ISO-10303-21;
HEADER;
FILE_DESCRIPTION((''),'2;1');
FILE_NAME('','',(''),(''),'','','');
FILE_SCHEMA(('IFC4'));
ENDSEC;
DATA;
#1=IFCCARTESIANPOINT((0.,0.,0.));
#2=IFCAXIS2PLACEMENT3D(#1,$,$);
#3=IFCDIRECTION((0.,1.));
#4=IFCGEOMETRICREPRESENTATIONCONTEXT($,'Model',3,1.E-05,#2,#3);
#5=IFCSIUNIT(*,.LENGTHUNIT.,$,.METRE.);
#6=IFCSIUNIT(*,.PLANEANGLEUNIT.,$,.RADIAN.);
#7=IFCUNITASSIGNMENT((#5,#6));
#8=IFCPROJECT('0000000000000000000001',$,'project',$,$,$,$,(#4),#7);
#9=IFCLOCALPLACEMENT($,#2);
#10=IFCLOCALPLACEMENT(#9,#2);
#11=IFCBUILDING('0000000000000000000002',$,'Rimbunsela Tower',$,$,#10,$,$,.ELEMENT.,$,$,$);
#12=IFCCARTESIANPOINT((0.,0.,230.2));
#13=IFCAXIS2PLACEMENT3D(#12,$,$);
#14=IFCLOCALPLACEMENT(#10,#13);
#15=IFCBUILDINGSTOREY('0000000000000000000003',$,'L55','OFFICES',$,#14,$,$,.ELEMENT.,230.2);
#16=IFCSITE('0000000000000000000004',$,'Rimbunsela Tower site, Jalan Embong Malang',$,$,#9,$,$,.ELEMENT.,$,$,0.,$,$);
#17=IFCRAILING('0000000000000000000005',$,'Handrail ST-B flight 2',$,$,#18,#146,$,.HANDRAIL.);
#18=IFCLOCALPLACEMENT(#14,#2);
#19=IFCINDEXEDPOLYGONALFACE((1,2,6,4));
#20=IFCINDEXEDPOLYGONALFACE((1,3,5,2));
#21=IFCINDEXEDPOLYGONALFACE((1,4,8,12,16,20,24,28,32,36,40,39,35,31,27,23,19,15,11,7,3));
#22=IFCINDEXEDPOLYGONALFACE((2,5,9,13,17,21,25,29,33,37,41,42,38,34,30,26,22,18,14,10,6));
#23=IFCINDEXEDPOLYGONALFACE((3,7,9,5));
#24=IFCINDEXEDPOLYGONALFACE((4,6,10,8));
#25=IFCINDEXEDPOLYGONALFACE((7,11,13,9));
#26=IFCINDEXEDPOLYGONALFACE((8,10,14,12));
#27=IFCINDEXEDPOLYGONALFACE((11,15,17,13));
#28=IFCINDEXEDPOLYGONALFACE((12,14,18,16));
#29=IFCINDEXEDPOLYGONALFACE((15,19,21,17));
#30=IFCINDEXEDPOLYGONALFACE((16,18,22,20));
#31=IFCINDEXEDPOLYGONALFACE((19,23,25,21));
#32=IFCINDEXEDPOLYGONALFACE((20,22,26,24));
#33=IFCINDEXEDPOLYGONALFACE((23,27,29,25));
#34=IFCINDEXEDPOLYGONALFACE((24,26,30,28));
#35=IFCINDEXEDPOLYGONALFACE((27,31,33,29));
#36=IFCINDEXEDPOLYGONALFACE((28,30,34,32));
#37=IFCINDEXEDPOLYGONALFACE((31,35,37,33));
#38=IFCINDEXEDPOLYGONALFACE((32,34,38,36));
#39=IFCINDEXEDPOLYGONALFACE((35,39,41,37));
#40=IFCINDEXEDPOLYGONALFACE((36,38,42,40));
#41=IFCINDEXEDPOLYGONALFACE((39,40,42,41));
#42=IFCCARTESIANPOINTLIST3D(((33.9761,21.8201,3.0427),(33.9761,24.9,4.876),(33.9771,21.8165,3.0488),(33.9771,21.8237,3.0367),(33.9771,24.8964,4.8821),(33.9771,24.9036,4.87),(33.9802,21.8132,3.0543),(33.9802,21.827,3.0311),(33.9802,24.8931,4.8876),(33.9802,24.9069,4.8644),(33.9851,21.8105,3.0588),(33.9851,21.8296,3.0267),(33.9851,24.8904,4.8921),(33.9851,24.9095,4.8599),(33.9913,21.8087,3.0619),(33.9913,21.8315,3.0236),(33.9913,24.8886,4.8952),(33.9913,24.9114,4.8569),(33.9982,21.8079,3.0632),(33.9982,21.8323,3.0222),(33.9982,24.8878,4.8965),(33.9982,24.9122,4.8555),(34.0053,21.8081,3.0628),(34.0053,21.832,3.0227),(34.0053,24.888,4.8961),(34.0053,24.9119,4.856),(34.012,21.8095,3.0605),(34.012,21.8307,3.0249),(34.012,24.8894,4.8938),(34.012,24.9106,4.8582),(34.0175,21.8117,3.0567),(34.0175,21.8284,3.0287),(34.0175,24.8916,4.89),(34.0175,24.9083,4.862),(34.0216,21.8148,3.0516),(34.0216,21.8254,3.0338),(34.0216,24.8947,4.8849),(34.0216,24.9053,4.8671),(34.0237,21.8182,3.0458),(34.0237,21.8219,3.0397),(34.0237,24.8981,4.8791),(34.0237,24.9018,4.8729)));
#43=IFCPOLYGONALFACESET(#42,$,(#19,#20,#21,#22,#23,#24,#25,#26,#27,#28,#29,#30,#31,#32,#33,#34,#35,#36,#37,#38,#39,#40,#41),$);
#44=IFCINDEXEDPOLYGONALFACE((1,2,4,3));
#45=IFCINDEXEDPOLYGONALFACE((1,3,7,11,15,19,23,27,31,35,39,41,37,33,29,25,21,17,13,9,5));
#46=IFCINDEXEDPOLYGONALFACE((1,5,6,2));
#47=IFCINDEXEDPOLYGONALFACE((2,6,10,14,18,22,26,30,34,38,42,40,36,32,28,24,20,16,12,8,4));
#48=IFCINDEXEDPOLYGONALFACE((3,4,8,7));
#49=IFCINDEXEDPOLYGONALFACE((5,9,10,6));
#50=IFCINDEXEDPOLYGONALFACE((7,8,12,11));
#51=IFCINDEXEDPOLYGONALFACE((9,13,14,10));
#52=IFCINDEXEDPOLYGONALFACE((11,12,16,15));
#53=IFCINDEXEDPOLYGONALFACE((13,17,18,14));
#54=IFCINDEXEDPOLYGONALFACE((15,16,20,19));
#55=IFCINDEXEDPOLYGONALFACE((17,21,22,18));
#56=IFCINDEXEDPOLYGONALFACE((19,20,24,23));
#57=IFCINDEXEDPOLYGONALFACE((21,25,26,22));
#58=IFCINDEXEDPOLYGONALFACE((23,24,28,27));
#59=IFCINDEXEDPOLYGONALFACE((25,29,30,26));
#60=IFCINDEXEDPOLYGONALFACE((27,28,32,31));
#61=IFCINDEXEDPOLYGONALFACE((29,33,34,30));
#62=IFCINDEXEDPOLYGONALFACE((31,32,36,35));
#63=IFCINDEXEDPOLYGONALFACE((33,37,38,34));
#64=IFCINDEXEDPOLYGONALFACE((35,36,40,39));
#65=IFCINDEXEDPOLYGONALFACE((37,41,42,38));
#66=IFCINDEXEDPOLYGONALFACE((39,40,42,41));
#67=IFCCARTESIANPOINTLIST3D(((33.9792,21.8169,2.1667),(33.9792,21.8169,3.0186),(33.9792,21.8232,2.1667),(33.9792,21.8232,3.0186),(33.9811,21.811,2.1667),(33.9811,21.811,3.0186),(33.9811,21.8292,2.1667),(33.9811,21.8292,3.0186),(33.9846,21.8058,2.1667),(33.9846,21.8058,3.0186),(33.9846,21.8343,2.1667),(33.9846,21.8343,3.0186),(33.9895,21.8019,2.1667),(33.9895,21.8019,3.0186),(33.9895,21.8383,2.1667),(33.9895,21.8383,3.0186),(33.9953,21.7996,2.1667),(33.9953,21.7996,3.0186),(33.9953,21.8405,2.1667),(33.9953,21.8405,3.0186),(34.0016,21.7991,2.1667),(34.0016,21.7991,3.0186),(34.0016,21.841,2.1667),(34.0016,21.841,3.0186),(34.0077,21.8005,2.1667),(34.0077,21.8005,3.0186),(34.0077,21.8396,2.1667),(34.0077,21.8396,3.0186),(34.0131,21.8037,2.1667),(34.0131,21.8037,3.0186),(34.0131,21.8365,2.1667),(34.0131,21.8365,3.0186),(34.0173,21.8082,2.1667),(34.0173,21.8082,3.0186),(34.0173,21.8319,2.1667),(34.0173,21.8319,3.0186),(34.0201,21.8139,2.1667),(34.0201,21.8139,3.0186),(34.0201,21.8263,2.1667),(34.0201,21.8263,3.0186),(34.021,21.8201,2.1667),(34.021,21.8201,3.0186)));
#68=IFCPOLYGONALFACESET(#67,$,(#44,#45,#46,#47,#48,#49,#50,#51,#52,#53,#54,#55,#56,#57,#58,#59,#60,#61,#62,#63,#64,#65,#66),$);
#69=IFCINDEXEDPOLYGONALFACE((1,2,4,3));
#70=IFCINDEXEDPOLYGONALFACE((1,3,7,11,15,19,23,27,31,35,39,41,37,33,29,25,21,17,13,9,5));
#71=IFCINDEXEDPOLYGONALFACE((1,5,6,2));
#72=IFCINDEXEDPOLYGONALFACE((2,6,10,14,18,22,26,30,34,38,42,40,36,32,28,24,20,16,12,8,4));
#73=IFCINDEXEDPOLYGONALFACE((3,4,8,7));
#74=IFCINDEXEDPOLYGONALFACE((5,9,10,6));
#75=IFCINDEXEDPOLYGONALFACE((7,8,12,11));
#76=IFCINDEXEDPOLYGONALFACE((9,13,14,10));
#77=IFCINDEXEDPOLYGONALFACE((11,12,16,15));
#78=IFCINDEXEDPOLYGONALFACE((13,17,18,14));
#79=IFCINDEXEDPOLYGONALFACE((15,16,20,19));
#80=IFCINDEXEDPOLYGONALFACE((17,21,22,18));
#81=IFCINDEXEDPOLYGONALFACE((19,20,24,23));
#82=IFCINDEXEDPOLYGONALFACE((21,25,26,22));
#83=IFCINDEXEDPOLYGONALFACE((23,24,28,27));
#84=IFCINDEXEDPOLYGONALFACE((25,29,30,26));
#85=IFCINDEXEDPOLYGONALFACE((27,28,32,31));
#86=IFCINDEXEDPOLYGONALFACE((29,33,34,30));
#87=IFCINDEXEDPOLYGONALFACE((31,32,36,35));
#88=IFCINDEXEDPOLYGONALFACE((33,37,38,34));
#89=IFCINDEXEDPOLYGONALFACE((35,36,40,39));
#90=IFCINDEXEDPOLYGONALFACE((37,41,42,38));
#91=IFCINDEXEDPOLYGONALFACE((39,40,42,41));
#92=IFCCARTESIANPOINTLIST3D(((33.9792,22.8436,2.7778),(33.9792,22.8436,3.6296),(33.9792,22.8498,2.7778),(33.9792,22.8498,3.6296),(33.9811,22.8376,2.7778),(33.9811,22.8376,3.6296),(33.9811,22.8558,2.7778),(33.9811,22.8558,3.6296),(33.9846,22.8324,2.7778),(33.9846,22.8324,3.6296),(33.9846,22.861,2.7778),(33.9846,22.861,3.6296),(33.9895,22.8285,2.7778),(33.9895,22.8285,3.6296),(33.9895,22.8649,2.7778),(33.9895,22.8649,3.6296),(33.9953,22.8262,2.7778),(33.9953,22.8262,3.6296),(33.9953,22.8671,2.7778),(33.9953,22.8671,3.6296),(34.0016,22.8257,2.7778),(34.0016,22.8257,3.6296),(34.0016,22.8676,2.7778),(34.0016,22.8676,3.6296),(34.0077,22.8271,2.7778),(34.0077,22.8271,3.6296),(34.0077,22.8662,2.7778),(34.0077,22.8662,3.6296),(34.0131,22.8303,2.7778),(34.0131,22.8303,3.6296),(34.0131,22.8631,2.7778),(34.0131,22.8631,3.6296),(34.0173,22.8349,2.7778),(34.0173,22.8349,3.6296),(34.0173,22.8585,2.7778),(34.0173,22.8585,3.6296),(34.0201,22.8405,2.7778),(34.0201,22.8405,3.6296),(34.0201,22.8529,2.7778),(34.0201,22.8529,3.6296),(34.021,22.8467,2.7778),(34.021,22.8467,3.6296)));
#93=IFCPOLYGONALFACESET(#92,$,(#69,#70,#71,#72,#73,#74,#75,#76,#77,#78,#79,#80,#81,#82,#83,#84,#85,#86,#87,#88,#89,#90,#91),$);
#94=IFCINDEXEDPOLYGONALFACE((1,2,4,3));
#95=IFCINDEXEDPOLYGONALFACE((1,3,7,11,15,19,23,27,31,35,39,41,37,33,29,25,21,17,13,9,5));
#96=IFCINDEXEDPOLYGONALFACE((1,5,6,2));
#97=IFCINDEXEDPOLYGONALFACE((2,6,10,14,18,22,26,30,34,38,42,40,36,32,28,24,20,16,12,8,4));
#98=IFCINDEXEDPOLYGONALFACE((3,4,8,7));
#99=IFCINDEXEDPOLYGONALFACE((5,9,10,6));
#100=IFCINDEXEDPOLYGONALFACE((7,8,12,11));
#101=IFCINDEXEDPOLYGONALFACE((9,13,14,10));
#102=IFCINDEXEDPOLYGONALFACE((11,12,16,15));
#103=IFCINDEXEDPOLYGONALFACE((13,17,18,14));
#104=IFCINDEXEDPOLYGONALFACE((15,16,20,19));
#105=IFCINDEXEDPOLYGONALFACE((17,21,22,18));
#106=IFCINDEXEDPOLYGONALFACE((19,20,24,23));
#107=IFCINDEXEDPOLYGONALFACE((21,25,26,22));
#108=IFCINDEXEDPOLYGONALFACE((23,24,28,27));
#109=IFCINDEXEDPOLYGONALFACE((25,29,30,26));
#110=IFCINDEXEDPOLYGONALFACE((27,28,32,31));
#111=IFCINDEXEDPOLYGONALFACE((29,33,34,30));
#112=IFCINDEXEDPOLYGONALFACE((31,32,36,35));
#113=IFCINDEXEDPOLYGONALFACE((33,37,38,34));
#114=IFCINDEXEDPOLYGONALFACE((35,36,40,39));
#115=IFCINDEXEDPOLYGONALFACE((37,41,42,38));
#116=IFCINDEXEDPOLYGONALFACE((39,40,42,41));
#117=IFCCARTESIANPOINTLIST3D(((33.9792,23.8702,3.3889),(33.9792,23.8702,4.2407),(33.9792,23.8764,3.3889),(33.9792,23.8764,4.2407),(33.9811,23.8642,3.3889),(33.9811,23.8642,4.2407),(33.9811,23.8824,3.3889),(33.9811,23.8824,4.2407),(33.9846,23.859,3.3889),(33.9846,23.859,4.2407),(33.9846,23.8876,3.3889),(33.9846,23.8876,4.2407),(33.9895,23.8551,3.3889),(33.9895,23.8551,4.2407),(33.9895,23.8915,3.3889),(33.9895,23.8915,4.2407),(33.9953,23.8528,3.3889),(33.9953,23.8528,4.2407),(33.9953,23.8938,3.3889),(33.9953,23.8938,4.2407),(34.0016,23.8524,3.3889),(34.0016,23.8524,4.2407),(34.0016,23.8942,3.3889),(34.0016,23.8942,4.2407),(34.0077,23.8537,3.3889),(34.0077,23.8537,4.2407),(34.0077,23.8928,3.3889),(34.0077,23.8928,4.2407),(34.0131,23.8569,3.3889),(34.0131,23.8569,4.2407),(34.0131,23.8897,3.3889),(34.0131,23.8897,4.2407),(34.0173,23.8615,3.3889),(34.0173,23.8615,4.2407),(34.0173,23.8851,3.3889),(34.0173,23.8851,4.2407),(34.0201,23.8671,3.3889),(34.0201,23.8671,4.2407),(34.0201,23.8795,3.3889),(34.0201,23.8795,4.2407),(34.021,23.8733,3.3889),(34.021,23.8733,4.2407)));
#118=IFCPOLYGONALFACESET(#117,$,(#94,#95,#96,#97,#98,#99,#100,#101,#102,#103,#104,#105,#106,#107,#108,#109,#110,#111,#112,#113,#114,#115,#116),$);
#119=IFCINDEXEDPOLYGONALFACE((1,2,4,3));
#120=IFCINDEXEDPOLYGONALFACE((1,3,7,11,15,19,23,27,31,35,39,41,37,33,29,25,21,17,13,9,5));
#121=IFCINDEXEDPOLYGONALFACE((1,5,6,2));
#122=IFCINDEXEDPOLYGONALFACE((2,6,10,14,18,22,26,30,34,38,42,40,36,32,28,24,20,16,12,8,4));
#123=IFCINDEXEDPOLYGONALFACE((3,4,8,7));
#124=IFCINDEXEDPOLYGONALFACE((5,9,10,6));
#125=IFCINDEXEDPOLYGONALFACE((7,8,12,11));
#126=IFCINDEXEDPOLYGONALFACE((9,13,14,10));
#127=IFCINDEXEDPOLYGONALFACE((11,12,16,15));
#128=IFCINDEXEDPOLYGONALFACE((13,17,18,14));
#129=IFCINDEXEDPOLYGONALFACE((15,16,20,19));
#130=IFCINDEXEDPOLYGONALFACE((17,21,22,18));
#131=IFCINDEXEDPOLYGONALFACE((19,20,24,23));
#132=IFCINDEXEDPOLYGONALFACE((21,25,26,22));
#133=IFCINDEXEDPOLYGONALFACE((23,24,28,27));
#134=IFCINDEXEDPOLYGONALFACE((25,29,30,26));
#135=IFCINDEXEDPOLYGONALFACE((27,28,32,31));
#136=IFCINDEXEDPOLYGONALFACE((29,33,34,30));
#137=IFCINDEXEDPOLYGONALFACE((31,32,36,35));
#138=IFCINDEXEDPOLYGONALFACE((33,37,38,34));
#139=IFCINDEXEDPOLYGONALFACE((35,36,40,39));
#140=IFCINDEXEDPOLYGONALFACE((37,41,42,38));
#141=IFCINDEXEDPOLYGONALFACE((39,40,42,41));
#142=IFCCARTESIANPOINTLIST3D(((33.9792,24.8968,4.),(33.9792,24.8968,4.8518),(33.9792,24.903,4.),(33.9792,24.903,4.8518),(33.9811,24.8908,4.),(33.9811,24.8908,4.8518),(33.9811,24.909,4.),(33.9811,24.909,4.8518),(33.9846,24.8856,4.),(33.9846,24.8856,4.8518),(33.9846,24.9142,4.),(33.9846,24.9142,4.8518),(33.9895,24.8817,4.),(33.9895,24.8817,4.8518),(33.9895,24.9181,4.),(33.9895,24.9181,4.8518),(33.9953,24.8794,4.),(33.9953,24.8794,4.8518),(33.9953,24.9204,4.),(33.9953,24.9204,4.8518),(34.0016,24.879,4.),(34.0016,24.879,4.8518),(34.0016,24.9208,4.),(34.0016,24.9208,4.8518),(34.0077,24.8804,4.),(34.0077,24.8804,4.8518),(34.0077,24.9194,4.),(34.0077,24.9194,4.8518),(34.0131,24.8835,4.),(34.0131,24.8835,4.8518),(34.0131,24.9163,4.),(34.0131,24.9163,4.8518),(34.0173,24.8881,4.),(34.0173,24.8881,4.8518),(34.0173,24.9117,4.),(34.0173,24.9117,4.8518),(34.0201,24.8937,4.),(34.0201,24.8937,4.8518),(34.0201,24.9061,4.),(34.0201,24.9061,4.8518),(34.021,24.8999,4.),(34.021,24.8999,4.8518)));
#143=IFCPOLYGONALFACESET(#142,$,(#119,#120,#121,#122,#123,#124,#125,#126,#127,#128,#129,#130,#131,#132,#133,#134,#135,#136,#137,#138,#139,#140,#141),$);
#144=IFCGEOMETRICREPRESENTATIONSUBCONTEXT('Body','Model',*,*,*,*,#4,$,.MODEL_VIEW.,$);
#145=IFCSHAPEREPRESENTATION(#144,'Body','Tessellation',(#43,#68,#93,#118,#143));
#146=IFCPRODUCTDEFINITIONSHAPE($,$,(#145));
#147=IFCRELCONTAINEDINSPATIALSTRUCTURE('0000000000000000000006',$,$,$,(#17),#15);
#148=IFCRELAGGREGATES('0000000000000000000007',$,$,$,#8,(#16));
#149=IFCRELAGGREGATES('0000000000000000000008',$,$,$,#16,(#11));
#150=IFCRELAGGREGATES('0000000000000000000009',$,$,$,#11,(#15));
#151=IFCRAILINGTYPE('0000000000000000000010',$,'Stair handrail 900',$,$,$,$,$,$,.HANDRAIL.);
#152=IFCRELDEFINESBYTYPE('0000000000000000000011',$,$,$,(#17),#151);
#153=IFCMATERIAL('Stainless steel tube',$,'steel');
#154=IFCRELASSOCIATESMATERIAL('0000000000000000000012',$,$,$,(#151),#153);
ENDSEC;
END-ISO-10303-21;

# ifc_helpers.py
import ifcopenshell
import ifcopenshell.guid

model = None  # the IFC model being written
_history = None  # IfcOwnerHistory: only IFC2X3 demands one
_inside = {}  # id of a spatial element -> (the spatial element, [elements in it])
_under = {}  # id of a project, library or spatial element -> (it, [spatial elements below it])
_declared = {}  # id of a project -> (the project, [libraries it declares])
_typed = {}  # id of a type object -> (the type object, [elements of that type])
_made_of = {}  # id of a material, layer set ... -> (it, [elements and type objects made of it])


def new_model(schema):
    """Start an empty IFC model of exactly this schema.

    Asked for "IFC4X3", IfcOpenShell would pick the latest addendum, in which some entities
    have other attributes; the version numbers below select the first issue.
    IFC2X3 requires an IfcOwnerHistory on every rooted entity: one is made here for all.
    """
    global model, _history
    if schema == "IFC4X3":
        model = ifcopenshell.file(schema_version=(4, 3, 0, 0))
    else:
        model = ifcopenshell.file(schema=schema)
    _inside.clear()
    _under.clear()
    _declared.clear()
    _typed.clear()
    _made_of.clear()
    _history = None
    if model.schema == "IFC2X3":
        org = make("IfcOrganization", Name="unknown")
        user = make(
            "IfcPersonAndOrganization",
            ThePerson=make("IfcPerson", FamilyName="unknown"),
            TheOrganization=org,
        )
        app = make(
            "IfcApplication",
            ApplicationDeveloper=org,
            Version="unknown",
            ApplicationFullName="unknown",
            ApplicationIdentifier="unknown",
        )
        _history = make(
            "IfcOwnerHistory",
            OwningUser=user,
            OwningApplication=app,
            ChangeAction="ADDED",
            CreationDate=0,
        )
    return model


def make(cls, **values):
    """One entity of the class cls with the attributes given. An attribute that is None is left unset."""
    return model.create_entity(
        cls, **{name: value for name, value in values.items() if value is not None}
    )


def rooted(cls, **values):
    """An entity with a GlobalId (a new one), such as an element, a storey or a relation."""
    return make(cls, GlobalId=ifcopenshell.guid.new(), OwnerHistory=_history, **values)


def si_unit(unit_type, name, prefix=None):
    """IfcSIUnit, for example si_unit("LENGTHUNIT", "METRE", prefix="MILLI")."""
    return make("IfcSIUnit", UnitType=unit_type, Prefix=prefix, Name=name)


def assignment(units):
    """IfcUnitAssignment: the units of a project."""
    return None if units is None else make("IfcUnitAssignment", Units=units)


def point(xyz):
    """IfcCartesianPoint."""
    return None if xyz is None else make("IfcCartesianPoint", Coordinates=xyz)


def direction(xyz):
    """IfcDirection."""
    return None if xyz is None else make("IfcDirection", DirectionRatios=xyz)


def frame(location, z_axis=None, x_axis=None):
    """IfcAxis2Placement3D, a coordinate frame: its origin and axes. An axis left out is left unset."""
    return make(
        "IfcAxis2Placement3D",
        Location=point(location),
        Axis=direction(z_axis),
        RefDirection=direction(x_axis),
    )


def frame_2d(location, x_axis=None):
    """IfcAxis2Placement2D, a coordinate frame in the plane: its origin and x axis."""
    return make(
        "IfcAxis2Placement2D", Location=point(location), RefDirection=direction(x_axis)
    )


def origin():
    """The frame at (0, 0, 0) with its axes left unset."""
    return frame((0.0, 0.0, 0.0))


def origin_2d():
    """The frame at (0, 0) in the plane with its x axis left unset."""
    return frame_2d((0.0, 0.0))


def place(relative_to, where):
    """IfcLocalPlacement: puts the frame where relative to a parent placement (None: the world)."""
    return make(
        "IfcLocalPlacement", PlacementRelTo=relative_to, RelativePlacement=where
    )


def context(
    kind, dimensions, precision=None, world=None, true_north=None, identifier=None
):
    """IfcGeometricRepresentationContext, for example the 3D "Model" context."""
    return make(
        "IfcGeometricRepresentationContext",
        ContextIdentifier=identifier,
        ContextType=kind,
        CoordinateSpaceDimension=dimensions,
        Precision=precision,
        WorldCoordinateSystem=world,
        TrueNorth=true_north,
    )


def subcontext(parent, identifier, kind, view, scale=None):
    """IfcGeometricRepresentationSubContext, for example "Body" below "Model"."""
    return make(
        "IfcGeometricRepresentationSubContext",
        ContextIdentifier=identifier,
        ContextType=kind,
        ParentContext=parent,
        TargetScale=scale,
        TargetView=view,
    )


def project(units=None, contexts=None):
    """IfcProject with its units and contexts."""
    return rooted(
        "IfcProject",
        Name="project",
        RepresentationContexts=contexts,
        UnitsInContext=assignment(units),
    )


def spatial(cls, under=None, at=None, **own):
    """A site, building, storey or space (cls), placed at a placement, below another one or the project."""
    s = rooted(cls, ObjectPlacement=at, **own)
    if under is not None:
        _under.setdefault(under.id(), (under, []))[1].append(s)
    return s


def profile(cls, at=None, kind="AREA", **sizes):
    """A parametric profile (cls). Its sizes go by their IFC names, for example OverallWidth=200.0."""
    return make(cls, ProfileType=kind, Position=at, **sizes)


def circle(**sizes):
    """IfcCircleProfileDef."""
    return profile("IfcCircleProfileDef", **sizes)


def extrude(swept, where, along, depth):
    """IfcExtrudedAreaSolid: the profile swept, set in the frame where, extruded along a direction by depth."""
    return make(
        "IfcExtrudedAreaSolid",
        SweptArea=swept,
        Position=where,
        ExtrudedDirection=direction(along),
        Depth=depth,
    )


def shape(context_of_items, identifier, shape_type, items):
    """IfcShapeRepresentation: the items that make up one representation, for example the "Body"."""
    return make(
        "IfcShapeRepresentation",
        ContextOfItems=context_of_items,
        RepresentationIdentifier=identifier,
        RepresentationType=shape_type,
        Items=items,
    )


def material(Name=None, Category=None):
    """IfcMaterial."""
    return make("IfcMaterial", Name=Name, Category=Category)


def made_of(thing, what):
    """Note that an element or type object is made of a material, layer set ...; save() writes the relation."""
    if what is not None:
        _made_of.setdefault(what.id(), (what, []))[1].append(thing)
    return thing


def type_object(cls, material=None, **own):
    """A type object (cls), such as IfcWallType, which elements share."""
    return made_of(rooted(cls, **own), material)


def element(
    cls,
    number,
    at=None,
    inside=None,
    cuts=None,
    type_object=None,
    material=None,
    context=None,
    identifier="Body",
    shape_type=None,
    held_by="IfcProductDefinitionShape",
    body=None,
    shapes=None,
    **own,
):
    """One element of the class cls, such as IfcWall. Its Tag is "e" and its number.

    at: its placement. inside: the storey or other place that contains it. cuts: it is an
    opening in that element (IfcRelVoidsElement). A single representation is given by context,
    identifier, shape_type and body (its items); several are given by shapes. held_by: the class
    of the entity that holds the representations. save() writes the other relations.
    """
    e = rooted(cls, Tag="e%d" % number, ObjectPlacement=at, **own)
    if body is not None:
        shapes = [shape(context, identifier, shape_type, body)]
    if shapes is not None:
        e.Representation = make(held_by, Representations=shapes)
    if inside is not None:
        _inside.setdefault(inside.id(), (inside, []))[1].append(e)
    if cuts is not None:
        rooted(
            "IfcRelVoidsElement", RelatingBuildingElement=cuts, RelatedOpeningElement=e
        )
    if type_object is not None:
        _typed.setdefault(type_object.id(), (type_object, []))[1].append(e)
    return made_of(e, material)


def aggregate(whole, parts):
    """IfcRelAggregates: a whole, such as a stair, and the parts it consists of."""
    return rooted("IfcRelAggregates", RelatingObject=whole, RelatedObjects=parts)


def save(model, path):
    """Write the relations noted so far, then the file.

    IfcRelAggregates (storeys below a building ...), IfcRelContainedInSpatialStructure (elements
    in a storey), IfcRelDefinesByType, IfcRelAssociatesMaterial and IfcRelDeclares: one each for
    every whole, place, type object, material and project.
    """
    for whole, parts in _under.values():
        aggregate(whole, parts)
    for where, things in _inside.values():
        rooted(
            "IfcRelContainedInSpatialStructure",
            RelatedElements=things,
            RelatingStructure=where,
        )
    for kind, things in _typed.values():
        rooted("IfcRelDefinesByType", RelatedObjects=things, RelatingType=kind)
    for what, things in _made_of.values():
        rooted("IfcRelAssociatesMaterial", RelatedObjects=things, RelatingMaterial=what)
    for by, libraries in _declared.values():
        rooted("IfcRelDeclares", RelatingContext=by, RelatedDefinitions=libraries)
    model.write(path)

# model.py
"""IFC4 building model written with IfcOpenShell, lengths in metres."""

from ifc_helpers import new_model, si_unit, direction, frame, origin, origin_2d, place, context, subcontext, project, spatial, circle, extrude, material, type_object, element, save


model = new_model("IFC4")

# Units and contexts
model_context = context("Model", 3, precision=1e-05, world=origin(), true_north=direction((0.0, 1.0)))
body_context = subcontext(model_context, "Body", "Model", "MODEL_VIEW")
ifc_project = project(units=[si_unit("LENGTHUNIT", "METRE"), si_unit("PLANEANGLEUNIT", "RADIAN")], contexts=[model_context])

# Site, building, storey
site_placement = place(None, origin())
site = spatial("IfcSite", under=ifc_project, at=site_placement, Name="Rimbunsela Tower site, Jalan Embong Malang", CompositionType="ELEMENT", RefElevation=0.0)
building_placement = place(site_placement, origin())
building = spatial("IfcBuilding", under=site, at=building_placement, Name="Rimbunsela Tower", CompositionType="ELEMENT")
storey_placement = place(building_placement, frame((0.0, 0.0, 230.2)))
storey = spatial("IfcBuildingStorey", under=building, at=storey_placement, Name="L55", Description="OFFICES", CompositionType="ELEMENT", Elevation=230.2)

# Railing
ifc_material_1 = material(Name="Stainless steel tube", Category="steel")
railing_type = type_object("IfcRailingType", Name="Stair handrail 900", PredefinedType="HANDRAIL", material=ifc_material_1)
railing_placement = place(storey_placement, frame((34.0, 21.8201, 2.1667)))
element("IfcRailing", 1, at=railing_placement, inside=storey, type_object=railing_type, Name="Handrail ST-B flight 2", PredefinedType="HANDRAIL", context=body_context, shape_type="SweptSolid", body=[
    extrude(circle(Radius=0.0239, at=origin_2d()), frame((0.0, 0.0, 0.876), z_axis=(0.0, 0.859291, 0.511487), x_axis=(-1.0, 0.0, 0.0)), (0.0, 0.0, 1.0), 3.5842),
    extrude(circle(Radius=0.021, at=origin_2d()), origin(), (0.0, 0.0, 1.0), 0.8518),
    extrude(circle(Radius=0.021, at=origin_2d()), frame((0.0, 1.0266, 0.6111)), (0.0, 0.0, 1.0), 0.8518),
    extrude(circle(Radius=0.021, at=origin_2d()), frame((0.0, 2.0532, 1.2222)), (0.0, 0.0, 1.0), 0.8518),
    extrude(circle(Radius=0.021, at=origin_2d()), frame((0.0, 3.0798, 1.8333)), (0.0, 0.0, 1.0), 0.8518),
])

save(model, "model.ifc")
